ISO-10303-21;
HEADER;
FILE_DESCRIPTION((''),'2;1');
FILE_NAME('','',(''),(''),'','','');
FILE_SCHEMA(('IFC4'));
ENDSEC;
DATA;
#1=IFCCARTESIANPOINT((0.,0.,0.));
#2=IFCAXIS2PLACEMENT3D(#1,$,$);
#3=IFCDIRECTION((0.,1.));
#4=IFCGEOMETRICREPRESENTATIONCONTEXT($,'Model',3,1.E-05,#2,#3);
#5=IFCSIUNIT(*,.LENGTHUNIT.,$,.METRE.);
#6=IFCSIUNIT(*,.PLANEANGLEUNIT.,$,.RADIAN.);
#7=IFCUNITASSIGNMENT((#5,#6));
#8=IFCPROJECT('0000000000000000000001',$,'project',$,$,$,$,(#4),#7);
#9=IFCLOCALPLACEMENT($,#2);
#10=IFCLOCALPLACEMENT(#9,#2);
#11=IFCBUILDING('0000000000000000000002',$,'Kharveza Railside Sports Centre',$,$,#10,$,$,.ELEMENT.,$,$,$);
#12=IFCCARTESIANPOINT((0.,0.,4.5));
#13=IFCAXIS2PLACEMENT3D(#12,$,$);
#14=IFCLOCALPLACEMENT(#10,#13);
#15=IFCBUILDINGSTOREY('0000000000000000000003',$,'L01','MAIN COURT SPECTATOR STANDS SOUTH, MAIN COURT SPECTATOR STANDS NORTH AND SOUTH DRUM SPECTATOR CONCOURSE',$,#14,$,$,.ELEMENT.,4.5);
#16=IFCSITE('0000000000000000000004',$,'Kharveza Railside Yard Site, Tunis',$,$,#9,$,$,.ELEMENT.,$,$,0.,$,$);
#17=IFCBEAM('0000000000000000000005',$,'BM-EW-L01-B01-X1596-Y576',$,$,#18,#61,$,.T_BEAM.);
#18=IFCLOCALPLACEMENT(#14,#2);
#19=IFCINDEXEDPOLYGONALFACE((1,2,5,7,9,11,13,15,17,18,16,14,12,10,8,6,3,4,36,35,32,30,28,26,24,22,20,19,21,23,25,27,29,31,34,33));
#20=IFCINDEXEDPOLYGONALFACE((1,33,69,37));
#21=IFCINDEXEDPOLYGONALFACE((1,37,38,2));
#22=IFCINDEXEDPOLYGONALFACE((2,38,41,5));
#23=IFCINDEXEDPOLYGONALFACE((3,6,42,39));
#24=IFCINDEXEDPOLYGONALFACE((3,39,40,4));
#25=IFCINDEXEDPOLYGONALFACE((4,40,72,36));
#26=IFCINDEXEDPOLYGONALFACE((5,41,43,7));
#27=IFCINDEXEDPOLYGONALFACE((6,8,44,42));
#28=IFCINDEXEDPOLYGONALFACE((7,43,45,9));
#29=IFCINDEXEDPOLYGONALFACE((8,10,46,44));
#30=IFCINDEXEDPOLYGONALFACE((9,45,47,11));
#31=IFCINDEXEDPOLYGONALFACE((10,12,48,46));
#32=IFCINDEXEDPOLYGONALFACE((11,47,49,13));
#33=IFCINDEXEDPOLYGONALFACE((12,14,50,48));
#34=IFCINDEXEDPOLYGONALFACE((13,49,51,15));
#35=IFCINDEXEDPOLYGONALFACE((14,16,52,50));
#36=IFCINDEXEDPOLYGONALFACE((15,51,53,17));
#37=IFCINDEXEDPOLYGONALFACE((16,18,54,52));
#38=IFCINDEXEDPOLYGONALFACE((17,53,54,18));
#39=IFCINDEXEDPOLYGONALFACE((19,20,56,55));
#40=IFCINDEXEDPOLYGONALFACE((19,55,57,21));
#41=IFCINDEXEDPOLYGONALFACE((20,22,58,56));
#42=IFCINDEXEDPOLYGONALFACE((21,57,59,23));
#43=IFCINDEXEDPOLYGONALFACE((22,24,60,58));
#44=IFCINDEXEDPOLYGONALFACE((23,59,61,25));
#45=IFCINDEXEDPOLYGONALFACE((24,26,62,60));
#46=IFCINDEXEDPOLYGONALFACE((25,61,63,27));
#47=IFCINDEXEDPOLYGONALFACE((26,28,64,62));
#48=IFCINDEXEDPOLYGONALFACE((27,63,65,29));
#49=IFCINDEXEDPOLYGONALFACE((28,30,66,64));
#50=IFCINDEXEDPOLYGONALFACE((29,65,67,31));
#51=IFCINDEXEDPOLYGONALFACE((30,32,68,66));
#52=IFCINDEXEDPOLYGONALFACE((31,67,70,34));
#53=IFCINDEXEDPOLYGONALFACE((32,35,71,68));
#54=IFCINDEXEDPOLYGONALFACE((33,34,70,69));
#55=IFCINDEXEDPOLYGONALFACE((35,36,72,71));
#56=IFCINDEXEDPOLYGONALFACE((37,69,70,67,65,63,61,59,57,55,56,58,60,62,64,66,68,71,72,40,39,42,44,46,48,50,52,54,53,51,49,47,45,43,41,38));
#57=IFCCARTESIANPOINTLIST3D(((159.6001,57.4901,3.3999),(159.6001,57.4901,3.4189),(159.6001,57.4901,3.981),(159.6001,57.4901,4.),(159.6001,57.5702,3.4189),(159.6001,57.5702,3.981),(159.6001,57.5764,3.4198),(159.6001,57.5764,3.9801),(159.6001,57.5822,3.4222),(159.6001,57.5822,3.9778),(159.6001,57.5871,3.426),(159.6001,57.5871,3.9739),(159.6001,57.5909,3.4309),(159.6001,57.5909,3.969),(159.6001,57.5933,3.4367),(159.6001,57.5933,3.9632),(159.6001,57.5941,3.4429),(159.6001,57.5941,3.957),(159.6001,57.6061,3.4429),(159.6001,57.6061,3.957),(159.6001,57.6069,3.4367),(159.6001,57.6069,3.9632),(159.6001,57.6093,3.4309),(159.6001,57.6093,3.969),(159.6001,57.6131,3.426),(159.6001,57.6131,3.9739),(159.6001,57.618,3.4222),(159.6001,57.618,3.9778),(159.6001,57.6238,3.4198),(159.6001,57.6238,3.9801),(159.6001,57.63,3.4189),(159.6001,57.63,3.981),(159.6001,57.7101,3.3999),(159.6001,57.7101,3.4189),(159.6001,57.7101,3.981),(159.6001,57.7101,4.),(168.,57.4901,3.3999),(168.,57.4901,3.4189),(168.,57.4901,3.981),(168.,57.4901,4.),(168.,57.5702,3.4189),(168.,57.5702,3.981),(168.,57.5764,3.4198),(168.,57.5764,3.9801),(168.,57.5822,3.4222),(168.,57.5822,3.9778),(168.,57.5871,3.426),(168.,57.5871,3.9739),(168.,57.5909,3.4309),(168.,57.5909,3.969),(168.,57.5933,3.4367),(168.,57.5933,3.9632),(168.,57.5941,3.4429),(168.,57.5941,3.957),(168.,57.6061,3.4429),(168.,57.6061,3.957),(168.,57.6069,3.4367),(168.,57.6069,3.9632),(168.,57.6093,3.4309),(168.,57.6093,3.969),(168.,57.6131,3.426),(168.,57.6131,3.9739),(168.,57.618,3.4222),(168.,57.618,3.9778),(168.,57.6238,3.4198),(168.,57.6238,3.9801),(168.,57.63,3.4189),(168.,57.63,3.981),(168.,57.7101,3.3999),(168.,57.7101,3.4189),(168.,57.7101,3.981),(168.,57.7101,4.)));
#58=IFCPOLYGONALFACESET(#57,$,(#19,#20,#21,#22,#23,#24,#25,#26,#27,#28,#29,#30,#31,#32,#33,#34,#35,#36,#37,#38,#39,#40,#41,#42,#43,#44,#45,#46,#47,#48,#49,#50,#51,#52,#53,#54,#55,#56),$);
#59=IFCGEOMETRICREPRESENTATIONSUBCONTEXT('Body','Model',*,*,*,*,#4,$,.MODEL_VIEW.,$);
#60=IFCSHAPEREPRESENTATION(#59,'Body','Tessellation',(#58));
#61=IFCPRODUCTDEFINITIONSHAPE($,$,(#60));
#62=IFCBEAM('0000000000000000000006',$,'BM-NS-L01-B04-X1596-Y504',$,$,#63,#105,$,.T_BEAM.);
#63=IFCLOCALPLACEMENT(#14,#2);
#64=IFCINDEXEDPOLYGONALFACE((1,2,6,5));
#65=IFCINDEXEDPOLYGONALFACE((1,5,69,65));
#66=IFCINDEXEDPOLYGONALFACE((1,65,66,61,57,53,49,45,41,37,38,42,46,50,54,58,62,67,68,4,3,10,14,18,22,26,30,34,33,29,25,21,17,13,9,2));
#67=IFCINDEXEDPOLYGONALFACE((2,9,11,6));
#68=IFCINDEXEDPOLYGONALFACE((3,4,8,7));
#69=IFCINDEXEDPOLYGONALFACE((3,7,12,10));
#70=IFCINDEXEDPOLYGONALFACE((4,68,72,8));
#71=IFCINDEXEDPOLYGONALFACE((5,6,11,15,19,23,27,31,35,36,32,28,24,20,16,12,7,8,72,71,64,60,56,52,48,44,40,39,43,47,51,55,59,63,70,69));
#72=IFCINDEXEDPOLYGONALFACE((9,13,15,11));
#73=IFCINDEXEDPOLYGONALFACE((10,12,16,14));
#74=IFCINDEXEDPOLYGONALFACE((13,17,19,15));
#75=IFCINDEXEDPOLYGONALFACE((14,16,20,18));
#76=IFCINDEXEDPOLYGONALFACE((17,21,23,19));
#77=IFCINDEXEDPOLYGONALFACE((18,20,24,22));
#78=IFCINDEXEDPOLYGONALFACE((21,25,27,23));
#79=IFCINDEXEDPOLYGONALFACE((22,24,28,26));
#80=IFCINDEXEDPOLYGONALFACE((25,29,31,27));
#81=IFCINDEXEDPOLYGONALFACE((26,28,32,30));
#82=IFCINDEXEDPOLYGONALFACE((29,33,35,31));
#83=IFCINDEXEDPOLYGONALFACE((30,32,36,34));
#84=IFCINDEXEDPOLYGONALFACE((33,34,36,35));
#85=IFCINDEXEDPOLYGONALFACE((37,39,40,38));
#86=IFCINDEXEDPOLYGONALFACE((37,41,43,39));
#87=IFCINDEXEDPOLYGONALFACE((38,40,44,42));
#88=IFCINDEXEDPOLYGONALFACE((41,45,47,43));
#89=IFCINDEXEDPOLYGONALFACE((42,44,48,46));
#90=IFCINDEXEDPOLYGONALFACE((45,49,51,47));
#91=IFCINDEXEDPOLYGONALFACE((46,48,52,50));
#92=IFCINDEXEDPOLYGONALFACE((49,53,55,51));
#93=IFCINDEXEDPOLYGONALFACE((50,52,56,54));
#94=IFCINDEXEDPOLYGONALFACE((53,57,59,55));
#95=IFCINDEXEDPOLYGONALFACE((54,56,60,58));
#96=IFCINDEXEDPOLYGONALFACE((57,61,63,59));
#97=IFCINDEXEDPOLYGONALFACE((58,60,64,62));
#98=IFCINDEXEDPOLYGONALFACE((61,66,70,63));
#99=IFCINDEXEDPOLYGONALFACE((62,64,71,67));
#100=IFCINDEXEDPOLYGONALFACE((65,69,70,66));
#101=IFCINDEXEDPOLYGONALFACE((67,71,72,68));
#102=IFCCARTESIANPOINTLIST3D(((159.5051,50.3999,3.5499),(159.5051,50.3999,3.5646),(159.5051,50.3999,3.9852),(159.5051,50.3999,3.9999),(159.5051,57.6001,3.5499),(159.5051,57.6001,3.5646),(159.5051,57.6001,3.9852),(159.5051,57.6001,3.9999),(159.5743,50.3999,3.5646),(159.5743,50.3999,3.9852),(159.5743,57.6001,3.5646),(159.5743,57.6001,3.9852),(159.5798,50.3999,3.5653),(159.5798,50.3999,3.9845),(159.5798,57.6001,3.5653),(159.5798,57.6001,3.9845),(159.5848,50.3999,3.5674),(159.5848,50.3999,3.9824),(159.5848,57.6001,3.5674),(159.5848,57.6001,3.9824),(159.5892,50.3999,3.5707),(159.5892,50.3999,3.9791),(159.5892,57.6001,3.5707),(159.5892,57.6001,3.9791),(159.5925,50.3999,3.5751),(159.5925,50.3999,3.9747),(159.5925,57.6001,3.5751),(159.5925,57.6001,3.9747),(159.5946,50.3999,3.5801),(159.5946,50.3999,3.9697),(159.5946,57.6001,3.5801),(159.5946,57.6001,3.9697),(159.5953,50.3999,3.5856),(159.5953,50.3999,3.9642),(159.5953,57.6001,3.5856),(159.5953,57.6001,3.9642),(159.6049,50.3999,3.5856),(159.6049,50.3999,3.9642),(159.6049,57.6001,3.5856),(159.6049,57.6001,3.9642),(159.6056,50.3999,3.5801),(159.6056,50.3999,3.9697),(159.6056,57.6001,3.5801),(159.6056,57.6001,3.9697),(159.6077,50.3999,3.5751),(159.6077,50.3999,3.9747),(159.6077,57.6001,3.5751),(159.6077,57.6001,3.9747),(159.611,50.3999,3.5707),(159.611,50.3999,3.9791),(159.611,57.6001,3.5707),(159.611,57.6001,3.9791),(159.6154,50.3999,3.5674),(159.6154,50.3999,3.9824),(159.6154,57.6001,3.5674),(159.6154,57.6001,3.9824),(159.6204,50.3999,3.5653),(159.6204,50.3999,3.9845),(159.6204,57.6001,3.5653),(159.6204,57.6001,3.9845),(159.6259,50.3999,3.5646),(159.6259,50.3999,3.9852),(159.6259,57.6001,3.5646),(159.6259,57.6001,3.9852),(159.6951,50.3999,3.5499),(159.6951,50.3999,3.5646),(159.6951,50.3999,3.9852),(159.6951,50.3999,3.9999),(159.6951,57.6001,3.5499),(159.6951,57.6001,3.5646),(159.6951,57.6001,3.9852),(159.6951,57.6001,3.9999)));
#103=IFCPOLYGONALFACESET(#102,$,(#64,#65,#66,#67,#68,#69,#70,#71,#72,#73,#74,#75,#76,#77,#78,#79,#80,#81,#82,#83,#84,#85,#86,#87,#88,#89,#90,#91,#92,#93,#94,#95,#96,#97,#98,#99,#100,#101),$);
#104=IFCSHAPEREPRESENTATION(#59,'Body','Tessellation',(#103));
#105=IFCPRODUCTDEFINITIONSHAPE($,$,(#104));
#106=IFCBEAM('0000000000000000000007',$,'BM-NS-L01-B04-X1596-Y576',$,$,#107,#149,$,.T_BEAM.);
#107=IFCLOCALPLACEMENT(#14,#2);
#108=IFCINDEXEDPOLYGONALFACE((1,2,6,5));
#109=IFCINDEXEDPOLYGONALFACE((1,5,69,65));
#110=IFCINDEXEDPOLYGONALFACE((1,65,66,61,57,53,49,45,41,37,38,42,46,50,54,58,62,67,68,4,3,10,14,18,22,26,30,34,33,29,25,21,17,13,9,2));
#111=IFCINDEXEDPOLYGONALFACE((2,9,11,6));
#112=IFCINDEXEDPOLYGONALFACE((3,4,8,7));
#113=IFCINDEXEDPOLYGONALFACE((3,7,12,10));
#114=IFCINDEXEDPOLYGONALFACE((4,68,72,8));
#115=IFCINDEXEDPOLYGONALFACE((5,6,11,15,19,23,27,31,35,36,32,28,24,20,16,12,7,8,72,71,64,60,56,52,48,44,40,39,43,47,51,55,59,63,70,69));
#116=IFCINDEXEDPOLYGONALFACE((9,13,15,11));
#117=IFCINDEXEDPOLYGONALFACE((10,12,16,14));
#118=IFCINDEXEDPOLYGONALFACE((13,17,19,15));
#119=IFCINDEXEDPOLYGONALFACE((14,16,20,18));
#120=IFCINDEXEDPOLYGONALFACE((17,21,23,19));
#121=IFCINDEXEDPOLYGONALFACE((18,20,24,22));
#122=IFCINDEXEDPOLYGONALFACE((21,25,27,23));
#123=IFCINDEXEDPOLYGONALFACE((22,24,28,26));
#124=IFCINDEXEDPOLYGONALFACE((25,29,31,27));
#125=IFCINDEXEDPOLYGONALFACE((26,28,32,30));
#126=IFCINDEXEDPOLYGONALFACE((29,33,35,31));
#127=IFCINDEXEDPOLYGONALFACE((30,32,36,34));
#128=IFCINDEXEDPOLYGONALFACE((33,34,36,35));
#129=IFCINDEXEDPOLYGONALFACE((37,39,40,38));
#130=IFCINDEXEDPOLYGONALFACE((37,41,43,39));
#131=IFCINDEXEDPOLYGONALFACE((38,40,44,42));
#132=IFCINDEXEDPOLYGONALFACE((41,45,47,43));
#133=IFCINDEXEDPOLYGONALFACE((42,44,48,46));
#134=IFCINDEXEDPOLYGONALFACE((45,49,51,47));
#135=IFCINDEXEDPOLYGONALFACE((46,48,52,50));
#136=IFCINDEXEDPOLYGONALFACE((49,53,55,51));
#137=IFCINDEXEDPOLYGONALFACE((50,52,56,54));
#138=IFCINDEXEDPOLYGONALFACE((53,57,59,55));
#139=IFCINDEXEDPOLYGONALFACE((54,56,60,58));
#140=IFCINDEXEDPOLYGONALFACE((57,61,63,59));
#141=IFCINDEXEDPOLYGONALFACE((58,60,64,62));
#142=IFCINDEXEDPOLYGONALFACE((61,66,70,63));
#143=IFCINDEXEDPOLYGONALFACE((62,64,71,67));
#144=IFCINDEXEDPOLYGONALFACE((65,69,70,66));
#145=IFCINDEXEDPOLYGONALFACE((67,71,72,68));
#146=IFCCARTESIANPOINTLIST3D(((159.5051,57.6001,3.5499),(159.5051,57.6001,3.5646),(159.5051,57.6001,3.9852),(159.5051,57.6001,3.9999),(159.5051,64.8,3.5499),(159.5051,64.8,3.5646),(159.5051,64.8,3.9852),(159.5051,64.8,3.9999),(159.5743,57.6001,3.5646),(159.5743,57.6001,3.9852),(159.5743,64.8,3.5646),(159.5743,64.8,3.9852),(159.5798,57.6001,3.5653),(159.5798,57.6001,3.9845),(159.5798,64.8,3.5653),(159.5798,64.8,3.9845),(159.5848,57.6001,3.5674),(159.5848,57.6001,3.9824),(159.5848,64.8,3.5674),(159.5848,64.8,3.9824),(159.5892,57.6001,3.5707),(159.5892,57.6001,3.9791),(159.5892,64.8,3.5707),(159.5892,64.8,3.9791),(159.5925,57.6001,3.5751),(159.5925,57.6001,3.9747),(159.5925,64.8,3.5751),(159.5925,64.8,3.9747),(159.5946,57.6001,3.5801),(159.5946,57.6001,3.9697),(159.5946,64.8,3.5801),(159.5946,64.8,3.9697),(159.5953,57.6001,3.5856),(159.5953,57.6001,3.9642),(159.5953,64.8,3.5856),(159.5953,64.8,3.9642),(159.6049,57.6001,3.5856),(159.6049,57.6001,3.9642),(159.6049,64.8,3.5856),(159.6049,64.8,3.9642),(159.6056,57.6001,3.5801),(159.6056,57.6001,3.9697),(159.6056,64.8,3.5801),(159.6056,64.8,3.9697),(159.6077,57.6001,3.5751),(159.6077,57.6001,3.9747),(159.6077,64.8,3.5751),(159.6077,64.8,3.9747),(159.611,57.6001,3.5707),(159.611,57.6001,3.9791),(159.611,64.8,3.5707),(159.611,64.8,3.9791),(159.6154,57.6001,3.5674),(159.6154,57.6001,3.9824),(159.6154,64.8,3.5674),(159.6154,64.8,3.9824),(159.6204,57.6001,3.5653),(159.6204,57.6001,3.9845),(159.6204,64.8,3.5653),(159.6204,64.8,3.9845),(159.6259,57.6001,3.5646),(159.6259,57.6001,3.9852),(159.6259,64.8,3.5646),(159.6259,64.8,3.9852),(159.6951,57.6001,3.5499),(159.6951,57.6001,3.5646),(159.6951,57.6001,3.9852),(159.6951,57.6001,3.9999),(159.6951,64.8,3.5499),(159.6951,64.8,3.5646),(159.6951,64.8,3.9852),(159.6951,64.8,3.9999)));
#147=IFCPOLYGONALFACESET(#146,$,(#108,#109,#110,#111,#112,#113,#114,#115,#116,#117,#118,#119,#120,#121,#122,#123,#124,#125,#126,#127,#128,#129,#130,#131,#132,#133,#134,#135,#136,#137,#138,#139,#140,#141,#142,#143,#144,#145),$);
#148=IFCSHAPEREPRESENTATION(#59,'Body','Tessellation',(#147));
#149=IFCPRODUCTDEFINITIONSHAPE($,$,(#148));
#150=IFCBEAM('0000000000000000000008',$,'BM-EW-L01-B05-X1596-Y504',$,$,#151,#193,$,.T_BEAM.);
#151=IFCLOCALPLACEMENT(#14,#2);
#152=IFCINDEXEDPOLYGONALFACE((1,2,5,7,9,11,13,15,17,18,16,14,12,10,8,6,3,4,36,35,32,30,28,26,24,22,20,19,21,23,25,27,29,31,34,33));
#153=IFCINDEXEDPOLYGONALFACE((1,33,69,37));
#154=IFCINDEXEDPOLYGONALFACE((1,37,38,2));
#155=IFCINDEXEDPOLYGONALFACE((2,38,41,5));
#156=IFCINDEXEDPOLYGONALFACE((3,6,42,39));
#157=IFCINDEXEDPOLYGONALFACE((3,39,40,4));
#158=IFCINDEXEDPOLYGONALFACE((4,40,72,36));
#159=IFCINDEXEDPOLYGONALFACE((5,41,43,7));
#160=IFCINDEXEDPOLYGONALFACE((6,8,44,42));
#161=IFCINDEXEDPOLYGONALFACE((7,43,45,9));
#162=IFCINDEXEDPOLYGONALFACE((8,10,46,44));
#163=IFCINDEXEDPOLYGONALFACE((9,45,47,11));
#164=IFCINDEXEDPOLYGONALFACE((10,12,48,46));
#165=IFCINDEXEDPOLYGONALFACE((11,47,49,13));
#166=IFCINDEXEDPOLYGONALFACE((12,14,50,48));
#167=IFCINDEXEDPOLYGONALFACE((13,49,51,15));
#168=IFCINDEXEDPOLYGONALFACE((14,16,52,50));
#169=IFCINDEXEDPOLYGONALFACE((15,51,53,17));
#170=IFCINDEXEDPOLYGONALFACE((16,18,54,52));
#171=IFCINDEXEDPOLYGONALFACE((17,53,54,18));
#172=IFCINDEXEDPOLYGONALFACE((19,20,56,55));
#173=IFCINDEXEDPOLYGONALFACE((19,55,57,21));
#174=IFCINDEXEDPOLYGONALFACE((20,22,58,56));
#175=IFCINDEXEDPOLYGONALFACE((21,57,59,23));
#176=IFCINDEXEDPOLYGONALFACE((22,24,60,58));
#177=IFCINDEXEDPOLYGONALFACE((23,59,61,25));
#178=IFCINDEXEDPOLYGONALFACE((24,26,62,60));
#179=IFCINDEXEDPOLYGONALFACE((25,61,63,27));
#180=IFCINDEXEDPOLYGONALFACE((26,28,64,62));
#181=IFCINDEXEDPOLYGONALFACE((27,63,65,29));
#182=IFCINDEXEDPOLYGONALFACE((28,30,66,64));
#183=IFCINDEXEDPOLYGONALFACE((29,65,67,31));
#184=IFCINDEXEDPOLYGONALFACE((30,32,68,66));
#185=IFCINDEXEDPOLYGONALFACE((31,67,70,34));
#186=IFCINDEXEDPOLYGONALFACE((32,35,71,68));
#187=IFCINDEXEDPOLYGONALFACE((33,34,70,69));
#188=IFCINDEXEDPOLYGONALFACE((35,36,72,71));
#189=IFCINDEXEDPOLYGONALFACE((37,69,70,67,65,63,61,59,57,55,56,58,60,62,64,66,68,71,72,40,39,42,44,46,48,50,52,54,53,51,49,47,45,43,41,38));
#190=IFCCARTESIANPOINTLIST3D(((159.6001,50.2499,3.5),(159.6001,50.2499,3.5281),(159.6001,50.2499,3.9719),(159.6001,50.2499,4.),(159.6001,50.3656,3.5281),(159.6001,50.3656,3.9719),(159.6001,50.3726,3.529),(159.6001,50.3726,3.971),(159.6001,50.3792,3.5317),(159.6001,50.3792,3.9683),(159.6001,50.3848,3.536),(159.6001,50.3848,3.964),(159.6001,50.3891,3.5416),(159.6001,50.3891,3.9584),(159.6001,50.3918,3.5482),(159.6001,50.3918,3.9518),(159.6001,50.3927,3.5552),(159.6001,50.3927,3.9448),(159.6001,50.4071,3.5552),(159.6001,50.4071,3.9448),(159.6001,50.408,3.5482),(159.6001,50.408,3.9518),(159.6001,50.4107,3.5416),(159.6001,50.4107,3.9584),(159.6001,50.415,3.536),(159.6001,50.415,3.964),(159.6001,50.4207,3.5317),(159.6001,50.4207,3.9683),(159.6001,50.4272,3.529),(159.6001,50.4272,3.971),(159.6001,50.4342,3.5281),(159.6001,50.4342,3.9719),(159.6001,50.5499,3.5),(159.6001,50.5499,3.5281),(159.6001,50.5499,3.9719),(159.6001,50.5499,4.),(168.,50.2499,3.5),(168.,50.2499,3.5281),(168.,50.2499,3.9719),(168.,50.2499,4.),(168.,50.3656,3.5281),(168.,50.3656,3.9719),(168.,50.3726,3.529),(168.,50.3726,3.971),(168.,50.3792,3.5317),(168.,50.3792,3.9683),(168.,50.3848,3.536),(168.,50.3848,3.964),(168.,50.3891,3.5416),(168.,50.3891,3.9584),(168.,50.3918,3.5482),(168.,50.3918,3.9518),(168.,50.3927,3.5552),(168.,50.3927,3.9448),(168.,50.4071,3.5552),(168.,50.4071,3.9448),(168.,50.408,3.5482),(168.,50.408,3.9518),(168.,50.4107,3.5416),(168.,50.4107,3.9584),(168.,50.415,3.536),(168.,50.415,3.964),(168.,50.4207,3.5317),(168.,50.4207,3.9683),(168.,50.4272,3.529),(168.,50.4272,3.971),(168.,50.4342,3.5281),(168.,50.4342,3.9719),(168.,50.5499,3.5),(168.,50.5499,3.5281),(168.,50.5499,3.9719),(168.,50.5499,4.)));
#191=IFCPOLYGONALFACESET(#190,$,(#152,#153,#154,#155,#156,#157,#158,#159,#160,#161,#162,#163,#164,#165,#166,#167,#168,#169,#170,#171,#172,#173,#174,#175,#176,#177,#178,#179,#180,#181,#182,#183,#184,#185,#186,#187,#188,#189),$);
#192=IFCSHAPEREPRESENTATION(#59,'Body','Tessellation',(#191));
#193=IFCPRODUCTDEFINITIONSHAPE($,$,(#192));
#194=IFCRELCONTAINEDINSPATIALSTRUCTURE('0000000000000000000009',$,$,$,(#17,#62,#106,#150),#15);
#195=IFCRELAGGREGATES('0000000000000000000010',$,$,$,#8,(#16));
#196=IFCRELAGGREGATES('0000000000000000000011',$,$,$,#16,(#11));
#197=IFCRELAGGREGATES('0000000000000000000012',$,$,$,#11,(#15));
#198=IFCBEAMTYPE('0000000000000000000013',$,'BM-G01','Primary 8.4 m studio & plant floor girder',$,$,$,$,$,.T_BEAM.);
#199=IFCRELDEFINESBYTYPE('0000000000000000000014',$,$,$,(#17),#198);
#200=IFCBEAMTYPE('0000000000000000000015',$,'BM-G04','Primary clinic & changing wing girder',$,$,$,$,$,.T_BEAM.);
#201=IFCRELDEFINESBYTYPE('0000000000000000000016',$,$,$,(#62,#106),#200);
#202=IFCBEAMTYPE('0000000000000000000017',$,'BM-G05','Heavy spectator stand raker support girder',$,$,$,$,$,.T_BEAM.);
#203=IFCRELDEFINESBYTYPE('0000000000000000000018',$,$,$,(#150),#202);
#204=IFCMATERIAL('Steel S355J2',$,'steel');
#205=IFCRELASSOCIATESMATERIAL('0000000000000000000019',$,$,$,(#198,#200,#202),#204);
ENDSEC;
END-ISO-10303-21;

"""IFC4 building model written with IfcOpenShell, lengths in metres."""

from ifc_helpers import new_model, si_unit, direction, frame, origin, origin_2d, place, context, subcontext, project, spatial, i_section, extrude, material, material_profile, profile_set, type_object, element, save


model = new_model("IFC4")

# Units and contexts
model_context = context("Model", 3, precision=1e-05, world=origin(), true_north=direction((0.0, 1.0)))
body_context = subcontext(model_context, "Body", "Model", "MODEL_VIEW")
ifc_project = project(units=[si_unit("LENGTHUNIT", "METRE"), si_unit("PLANEANGLEUNIT", "RADIAN")], contexts=[model_context])

# Site, building, storey
site_placement = place(None, origin())
site = spatial("IfcSite", under=ifc_project, at=site_placement, Name="Kharveza Railside Yard Site, Tunis", CompositionType="ELEMENT", RefElevation=0.0)
building_placement = place(site_placement, origin())
building = spatial("IfcBuilding", under=site, at=building_placement, Name="Kharveza Railside Sports Centre", CompositionType="ELEMENT")
storey_placement = place(building_placement, frame((0.0, 0.0, 4.5)))
storey = spatial("IfcBuildingStorey", under=building, at=storey_placement, Name="L01", Description="MAIN COURT SPECTATOR STANDS SOUTH, MAIN COURT SPECTATOR STANDS NORTH AND SOUTH DRUM SPECTATOR CONCOURSE", CompositionType="ELEMENT", Elevation=4.5)

# Shared definitions
ifc_material_1 = material(Name="Steel S355J2", Category="steel")

# Beams
ifc_material_profile_1 = material_profile(ifc_material_1, i_section(OverallWidth=0.22, OverallDepth=0.6001, WebThickness=0.012, FlangeThickness=0.019, FilletRadius=0.0239, at=origin_2d()), Name="IPE 600")
ifc_profile_set_1 = profile_set([ifc_material_profile_1], Name="Steel S355J2")
beam_type_1 = type_object("IfcBeamType", Name="BM-G01", Description="Primary 8.4 m studio & plant floor girder", PredefinedType="T_BEAM", material=ifc_profile_set_1)
beam_1_placement = place(storey_placement, frame((159.6001, 57.6001, 3.7), z_axis=(1.0, 0.0, 0.0), x_axis=(0.0, 1.0, 0.0)))
element("IfcBeam", 1, at=beam_1_placement, inside=storey, type_object=beam_type_1, Name="BM-EW-L01-B01-X1596-Y576", PredefinedType="T_BEAM", context=body_context, shape_type="SweptSolid", body=[
    extrude(i_section(OverallWidth=0.22, OverallDepth=0.6001, WebThickness=0.012, FlangeThickness=0.019, FilletRadius=0.0239, at=origin_2d()), origin(), (0.0, 0.0, 1.0), 8.3999),
])
ifc_material_profile_2 = material_profile(ifc_material_1, i_section(OverallWidth=0.1899, OverallDepth=0.45, WebThickness=0.0095, FlangeThickness=0.0146, FilletRadius=0.021, at=origin_2d()), Name="IPE 450")
ifc_profile_set_2 = profile_set([ifc_material_profile_2], Name="Steel S355J2")
beam_type_2 = type_object("IfcBeamType", Name="BM-G04", Description="Primary clinic & changing wing girder", PredefinedType="T_BEAM", material=ifc_profile_set_2)
beam_2_placement = place(storey_placement, frame((159.6001, 50.3999, 3.7749), z_axis=(0.0, 1.0, 0.0), x_axis=(-1.0, 0.0, 0.0)))
element("IfcBeam", 2, at=beam_2_placement, inside=storey, type_object=beam_type_2, Name="BM-NS-L01-B04-X1596-Y504", PredefinedType="T_BEAM", context=body_context, shape_type="SweptSolid", body=[
    extrude(i_section(OverallWidth=0.1899, OverallDepth=0.45, WebThickness=0.0095, FlangeThickness=0.0146, FilletRadius=0.021, at=origin_2d()), origin(), (0.0, 0.0, 1.0), 7.2002),
])
beam_3_placement = place(storey_placement, frame((159.6001, 57.6001, 3.7749), z_axis=(0.0, 1.0, 0.0), x_axis=(-1.0, 0.0, 0.0)))
element("IfcBeam", 3, at=beam_3_placement, inside=storey, type_object=beam_type_2, Name="BM-NS-L01-B04-X1596-Y576", PredefinedType="T_BEAM", context=body_context, shape_type="SweptSolid", body=[
    extrude(i_section(OverallWidth=0.1899, OverallDepth=0.45, WebThickness=0.0095, FlangeThickness=0.0146, FilletRadius=0.021, at=origin_2d()), origin(), (0.0, 0.0, 1.0), 7.2),
])
ifc_material_profile_3 = material_profile(ifc_material_1, i_section(OverallWidth=0.3, OverallDepth=0.5, WebThickness=0.0144, FlangeThickness=0.0281, FilletRadius=0.0271, at=origin_2d()), Name="HEB 500")
ifc_profile_set_3 = profile_set([ifc_material_profile_3], Name="Steel S355J2")
beam_type_3 = type_object("IfcBeamType", Name="BM-G05", Description="Heavy spectator stand raker support girder", PredefinedType="T_BEAM", material=ifc_profile_set_3)
beam_4_placement = place(storey_placement, frame((159.6001, 50.3999, 3.75), z_axis=(1.0, 0.0, 0.0), x_axis=(0.0, 1.0, 0.0)))
element("IfcBeam", 4, at=beam_4_placement, inside=storey, type_object=beam_type_3, Name="BM-EW-L01-B05-X1596-Y504", PredefinedType="T_BEAM", context=body_context, shape_type="SweptSolid", body=[
    extrude(i_section(OverallWidth=0.3, OverallDepth=0.5, WebThickness=0.0144, FlangeThickness=0.0281, FilletRadius=0.0271, at=origin_2d()), origin(), (0.0, 0.0, 1.0), 8.3999),
])

save(model, "model.ifc")
